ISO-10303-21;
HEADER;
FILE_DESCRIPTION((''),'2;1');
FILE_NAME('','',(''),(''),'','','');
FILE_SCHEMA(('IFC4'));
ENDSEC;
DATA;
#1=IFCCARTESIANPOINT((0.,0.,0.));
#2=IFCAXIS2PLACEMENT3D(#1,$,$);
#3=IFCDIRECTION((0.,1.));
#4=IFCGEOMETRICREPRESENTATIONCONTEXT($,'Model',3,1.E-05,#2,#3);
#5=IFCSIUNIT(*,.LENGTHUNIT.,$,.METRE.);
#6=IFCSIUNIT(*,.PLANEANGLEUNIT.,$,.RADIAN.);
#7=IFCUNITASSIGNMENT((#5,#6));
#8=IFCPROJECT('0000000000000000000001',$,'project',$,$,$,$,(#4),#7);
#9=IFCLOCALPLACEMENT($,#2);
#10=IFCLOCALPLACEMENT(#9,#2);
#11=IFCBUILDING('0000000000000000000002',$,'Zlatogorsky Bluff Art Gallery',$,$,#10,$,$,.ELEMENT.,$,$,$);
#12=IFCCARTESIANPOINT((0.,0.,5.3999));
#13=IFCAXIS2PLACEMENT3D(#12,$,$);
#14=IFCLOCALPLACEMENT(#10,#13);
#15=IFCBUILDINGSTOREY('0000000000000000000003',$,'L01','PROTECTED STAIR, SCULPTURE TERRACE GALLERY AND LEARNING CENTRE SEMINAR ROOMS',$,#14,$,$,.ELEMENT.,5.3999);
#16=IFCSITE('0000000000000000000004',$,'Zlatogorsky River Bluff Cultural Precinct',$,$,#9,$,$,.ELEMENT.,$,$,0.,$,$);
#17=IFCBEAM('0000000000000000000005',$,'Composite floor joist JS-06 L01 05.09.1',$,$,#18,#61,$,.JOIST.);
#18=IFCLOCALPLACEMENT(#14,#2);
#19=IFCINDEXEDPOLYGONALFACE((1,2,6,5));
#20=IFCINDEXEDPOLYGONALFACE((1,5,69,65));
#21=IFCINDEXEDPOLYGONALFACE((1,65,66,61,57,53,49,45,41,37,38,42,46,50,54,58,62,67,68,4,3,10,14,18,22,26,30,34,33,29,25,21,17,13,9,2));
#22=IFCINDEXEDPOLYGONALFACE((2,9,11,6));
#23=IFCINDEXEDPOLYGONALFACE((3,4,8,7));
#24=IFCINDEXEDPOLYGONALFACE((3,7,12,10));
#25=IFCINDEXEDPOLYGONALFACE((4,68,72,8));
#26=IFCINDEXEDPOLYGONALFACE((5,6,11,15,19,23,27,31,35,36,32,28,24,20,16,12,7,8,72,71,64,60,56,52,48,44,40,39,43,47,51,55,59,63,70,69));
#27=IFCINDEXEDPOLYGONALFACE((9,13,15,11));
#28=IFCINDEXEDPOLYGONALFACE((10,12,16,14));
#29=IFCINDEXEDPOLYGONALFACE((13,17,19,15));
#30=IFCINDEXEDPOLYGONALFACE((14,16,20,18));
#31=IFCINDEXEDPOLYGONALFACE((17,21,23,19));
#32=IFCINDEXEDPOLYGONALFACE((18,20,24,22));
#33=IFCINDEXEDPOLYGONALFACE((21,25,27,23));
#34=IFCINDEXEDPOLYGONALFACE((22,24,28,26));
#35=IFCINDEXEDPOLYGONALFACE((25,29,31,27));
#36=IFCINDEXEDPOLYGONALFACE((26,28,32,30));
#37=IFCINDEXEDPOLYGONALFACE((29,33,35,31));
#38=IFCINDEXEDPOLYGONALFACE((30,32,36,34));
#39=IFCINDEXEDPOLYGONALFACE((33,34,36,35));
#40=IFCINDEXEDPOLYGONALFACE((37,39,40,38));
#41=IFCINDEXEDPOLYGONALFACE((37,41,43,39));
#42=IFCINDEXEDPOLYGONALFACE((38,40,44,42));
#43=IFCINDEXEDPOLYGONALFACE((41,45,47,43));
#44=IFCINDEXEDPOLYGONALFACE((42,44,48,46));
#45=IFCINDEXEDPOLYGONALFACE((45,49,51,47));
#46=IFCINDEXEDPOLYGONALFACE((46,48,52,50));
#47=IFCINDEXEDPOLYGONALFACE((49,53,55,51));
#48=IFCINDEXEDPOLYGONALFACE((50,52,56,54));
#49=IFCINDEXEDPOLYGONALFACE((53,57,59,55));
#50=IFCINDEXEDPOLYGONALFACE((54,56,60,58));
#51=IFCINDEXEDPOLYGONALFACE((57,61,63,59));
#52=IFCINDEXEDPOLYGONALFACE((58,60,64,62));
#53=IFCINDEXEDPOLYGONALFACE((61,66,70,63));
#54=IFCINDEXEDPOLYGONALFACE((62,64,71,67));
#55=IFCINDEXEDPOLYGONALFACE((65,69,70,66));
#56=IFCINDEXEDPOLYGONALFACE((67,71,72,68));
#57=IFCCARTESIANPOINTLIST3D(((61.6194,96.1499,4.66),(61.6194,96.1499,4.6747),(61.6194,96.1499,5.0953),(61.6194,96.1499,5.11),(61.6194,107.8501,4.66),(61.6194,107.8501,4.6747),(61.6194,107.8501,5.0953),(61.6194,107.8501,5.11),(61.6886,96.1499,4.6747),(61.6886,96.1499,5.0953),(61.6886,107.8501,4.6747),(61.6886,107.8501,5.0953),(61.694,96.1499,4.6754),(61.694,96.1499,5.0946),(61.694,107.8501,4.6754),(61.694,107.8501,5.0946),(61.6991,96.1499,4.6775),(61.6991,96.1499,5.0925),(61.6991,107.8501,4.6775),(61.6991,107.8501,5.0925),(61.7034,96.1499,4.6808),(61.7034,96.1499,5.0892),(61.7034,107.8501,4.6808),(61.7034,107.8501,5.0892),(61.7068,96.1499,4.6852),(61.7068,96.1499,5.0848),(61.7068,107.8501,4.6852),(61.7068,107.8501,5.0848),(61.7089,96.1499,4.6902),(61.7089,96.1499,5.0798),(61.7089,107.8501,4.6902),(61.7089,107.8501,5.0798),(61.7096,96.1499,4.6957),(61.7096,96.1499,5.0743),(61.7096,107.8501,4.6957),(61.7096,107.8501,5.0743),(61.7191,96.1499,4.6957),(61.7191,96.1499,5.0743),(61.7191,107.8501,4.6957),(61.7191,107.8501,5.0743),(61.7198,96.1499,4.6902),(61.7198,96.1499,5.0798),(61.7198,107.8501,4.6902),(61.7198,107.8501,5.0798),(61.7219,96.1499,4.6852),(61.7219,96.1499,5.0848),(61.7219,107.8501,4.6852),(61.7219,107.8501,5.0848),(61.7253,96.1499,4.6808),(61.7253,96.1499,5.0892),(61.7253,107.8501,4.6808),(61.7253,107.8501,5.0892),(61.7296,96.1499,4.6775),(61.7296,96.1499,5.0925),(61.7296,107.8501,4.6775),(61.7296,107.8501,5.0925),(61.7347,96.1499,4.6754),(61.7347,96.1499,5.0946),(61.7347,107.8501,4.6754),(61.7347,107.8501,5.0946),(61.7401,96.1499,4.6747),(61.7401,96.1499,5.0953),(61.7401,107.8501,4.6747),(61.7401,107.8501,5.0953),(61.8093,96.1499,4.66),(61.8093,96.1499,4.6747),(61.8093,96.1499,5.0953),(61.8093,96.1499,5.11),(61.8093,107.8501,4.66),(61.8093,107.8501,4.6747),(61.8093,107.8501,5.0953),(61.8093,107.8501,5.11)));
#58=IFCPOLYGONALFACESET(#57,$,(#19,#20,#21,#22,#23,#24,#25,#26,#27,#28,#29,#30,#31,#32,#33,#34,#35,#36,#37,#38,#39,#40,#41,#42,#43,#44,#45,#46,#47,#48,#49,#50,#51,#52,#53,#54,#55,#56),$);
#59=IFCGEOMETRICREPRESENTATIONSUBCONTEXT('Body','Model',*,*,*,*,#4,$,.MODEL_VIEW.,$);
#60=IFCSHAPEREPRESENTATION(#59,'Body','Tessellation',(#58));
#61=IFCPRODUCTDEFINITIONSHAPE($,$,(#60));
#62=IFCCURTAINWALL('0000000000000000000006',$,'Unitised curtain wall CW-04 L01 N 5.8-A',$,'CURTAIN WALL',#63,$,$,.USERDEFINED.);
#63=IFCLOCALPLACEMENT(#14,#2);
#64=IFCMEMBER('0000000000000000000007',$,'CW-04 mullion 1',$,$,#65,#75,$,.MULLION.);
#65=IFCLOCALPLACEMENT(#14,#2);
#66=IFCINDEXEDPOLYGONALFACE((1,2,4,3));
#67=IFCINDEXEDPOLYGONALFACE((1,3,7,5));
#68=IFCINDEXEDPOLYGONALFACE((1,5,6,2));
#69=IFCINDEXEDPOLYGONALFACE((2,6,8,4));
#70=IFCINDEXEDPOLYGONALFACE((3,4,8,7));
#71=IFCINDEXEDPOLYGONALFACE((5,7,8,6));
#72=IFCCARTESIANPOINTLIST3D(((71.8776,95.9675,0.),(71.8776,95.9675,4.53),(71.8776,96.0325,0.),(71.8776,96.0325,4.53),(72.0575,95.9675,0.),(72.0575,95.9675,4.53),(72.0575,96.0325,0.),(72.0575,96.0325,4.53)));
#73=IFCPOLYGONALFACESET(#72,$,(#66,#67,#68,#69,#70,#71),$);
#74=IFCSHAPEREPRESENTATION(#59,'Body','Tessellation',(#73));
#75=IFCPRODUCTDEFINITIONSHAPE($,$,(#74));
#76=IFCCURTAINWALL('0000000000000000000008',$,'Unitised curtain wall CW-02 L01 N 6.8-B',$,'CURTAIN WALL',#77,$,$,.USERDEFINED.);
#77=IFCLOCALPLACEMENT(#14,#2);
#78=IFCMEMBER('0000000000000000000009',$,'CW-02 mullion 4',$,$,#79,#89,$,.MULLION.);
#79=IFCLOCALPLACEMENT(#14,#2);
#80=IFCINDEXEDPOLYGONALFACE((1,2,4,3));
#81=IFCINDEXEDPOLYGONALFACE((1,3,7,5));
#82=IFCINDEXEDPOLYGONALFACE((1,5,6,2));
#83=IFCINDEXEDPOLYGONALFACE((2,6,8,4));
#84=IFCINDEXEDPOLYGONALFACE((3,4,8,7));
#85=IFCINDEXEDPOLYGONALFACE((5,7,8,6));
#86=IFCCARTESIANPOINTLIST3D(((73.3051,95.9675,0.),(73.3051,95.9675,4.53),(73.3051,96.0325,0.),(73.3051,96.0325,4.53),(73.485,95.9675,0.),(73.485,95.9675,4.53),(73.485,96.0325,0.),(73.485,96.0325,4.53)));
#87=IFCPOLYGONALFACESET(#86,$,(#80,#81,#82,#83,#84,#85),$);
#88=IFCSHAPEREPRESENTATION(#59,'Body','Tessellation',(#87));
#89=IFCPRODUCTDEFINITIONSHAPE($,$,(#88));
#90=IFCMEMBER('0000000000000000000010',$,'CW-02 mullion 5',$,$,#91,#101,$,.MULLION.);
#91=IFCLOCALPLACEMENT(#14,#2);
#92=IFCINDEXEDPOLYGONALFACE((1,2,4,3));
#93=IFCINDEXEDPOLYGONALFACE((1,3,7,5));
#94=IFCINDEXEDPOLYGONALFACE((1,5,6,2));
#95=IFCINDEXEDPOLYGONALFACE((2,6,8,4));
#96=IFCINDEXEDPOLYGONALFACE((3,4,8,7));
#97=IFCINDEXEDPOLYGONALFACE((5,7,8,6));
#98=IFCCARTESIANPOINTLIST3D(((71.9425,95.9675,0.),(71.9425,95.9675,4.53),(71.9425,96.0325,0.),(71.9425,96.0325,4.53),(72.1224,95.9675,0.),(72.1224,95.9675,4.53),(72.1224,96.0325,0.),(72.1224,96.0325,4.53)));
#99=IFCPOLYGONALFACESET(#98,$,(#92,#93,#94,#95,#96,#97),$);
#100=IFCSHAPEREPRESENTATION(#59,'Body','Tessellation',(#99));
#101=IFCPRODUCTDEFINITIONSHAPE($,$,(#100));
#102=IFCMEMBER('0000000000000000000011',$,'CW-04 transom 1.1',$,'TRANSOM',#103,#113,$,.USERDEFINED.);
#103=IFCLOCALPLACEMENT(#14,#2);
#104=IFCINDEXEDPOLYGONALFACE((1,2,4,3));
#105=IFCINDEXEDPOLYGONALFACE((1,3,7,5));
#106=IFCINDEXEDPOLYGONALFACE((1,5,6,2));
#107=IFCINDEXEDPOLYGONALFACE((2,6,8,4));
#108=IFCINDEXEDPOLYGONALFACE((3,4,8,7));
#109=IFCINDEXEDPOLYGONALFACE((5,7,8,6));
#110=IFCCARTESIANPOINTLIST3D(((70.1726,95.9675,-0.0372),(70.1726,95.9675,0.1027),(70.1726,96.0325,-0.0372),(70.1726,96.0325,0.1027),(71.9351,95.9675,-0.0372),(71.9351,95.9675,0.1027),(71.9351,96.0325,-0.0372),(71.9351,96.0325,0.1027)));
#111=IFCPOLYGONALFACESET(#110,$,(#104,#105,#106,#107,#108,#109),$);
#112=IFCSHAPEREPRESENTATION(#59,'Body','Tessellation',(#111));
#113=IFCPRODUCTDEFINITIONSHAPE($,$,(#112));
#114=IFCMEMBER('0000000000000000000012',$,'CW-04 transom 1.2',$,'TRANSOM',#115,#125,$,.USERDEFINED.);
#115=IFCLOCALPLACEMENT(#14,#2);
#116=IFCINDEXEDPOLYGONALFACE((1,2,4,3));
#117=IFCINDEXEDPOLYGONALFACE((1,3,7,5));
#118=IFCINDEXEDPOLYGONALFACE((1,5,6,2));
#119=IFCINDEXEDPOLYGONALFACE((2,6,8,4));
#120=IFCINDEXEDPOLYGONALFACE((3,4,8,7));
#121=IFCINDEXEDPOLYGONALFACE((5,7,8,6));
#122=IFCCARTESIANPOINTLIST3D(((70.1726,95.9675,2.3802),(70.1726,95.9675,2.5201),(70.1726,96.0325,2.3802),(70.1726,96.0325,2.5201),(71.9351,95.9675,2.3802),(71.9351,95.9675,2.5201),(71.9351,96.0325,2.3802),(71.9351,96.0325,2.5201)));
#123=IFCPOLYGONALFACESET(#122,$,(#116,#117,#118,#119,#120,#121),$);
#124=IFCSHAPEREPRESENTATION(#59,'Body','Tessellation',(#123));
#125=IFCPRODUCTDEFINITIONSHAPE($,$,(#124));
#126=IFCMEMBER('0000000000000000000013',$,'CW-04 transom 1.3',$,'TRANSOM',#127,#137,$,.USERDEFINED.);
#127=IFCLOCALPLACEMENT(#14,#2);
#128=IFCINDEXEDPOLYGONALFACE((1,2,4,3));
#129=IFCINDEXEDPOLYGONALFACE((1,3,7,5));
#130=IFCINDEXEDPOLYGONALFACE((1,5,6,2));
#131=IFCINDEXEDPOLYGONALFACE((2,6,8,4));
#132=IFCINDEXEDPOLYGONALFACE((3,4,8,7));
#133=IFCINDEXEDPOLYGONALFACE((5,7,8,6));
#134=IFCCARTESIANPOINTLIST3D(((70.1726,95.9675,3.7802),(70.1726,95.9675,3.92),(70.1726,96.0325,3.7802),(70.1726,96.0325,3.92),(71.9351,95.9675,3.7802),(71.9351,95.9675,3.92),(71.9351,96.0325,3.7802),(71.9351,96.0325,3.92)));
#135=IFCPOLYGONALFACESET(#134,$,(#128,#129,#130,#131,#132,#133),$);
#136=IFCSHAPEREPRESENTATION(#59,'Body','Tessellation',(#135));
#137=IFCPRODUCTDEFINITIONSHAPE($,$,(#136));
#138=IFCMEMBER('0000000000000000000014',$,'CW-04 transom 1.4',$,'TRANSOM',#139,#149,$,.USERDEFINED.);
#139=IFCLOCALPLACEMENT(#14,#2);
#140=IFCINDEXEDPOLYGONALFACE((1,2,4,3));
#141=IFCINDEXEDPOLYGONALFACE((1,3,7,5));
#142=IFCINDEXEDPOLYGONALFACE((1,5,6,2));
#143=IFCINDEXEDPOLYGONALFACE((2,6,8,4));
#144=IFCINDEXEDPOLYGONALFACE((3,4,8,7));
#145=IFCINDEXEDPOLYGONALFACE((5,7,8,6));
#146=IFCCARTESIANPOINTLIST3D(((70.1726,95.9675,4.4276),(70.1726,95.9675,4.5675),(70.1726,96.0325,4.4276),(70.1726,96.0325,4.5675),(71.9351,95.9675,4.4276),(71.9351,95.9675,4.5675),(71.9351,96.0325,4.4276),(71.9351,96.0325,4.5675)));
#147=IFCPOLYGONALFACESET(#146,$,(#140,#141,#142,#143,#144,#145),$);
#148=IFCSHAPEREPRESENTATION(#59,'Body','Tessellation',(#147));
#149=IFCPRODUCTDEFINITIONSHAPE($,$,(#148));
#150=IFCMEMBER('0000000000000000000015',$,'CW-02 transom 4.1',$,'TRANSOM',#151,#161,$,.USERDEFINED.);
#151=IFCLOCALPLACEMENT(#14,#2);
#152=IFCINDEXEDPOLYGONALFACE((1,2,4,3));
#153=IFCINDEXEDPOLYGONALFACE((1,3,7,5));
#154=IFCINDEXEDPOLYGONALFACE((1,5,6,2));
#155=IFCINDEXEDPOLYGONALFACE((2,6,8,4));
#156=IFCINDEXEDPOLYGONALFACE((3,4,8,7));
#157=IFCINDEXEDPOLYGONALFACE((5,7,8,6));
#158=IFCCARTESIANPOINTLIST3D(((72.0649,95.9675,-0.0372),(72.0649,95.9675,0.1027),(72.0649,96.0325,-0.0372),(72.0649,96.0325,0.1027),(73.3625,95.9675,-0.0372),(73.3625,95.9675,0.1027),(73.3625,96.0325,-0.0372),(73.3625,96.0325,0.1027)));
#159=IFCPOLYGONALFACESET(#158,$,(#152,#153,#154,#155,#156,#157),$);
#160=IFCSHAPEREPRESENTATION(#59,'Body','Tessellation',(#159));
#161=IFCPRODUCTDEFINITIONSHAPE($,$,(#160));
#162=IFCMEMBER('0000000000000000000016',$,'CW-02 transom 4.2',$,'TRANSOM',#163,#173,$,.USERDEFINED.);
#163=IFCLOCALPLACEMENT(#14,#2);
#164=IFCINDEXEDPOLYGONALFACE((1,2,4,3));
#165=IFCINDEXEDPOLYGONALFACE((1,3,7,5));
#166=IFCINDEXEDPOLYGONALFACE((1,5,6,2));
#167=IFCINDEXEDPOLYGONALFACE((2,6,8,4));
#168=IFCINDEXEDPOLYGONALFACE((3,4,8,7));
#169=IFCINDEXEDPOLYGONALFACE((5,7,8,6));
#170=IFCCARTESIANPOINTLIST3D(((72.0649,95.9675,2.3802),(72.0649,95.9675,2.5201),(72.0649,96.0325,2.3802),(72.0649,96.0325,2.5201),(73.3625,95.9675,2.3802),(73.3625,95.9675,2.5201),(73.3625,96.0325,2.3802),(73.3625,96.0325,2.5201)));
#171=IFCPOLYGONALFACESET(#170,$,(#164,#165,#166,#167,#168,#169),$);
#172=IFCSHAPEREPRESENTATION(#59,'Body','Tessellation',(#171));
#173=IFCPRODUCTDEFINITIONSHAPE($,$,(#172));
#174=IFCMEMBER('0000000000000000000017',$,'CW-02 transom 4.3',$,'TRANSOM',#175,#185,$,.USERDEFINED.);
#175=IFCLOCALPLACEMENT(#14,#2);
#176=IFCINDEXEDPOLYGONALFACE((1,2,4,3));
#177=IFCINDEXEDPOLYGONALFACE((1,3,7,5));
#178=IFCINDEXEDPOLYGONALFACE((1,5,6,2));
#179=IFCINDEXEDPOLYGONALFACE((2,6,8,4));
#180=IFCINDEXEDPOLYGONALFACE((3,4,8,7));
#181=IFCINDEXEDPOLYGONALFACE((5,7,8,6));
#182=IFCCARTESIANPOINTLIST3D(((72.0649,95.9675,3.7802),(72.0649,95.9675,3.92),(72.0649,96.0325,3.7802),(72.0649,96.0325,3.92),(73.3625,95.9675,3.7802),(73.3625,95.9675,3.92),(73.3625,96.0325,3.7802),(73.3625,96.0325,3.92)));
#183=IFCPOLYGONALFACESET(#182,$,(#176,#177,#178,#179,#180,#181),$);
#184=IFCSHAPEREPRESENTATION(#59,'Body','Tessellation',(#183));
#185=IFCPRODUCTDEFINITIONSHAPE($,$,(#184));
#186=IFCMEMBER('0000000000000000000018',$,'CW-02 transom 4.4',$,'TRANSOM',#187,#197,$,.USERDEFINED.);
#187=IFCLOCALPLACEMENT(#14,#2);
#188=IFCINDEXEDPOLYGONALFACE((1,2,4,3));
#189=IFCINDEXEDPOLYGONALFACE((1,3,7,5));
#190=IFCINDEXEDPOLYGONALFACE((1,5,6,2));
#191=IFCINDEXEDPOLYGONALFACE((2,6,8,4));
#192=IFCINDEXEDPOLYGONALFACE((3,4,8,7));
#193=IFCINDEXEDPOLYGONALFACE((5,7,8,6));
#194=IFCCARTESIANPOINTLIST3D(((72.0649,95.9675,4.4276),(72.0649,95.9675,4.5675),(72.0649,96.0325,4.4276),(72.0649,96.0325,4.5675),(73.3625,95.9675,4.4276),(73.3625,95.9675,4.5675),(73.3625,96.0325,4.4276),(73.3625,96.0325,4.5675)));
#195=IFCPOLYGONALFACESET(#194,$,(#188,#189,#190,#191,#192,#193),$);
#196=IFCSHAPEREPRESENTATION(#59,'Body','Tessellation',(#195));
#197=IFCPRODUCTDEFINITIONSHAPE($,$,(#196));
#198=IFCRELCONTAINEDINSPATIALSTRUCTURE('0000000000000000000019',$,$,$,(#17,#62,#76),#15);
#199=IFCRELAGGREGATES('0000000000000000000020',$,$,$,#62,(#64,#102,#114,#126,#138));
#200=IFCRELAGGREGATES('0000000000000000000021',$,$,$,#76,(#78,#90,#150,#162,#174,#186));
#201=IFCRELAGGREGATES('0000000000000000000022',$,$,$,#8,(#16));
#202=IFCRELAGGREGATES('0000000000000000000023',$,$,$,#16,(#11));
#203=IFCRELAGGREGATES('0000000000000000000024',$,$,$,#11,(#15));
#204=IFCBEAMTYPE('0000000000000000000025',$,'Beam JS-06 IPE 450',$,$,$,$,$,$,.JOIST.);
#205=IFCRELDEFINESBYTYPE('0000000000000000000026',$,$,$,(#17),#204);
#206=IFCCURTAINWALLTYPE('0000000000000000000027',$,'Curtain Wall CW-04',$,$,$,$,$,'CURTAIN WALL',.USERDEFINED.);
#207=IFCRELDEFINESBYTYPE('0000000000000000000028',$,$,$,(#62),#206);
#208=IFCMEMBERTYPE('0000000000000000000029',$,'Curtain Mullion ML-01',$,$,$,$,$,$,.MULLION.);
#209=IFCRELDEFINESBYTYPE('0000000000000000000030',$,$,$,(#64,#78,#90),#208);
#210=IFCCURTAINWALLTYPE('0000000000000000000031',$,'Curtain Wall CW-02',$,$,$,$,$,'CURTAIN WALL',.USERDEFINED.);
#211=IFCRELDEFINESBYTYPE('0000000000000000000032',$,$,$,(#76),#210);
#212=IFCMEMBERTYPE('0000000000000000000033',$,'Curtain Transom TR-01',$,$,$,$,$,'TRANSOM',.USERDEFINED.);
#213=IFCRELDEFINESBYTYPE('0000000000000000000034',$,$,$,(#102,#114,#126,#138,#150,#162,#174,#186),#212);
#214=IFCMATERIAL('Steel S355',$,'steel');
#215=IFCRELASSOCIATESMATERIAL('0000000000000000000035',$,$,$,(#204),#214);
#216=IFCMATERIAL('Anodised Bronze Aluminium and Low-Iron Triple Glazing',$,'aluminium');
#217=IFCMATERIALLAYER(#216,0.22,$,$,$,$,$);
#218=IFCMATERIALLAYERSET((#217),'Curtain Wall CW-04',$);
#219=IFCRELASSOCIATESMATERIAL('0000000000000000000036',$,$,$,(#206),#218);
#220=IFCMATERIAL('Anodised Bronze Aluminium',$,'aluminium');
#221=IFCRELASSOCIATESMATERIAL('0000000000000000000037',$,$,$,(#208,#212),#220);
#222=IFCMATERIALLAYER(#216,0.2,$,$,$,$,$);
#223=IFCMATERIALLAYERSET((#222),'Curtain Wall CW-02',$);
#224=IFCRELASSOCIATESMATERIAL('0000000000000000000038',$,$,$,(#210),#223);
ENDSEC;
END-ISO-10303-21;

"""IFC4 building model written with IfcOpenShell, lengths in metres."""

from ifc_helpers import new_model, si_unit, direction, frame, origin, origin_2d, place, context, subcontext, project, spatial, rectangle, i_section, extrude, material, layer, layer_set, material_profile, profile_set, type_object, element, aggregate, save


model = new_model("IFC4")

# Units and contexts
model_context = context("Model", 3, precision=1e-05, world=origin(), true_north=direction((0.0, 1.0)))
body_context = subcontext(model_context, "Body", "Model", "MODEL_VIEW")
ifc_project = project(units=[si_unit("LENGTHUNIT", "METRE"), si_unit("PLANEANGLEUNIT", "RADIAN")], contexts=[model_context])

# Site, building, storey
site_placement = place(None, origin())
site = spatial("IfcSite", under=ifc_project, at=site_placement, Name="Zlatogorsky River Bluff Cultural Precinct", CompositionType="ELEMENT", RefElevation=0.0)
building_placement = place(site_placement, origin())
building = spatial("IfcBuilding", under=site, at=building_placement, Name="Zlatogorsky Bluff Art Gallery", CompositionType="ELEMENT")
storey_placement = place(building_placement, frame((0.0, 0.0, 5.3999)))
storey = spatial("IfcBuildingStorey", under=building, at=storey_placement, Name="L01", Description="PROTECTED STAIR, SCULPTURE TERRACE GALLERY AND LEARNING CENTRE SEMINAR ROOMS", CompositionType="ELEMENT", Elevation=5.3999)

# Shared definitions
ifc_material_1 = material(Name="Steel S355", Category="steel")

# Beam
ifc_material_profile_1 = material_profile(ifc_material_1, i_section(OverallWidth=0.1899, OverallDepth=0.45, WebThickness=0.0095, FlangeThickness=0.0146, FilletRadius=0.021, at=origin_2d()), Name="IPE 450")
ifc_profile_set_1 = profile_set([ifc_material_profile_1], Name="Steel S355")
beam_type_1 = type_object("IfcBeamType", Name="Beam JS-06 IPE 450", PredefinedType="JOIST", material=ifc_profile_set_1)
for number, where, z_axis, x_axis, name in (
    (1, (61.7144, 96.1499, 4.885), (0.0, 1.0, 0.0), (-1.0, 0.0, 0.0), "Composite floor joist JS-06 L01 05.09.1"),
):
    element("IfcBeam", number, at=place(storey_placement, frame(where, z_axis=z_axis, x_axis=x_axis)), inside=storey, type_object=beam_type_1, Name=name, PredefinedType="JOIST", context=body_context, shape_type="SweptSolid", body=[
        extrude(i_section(OverallWidth=0.1899, OverallDepth=0.45, WebThickness=0.0095, FlangeThickness=0.0146, FilletRadius=0.021, at=origin_2d()), origin(), (0.0, 0.0, 1.0), 11.7002),
    ])

# Curtain wall, member
ifc_material_2 = material(Name="Anodised Bronze Aluminium and Low-Iron Triple Glazing", Category="aluminium")
ifc_layer_1 = layer(ifc_material_2, 0.22)
ifc_layer_set_1 = layer_set([ifc_layer_1], Name="Curtain Wall CW-04")
curtain_wall_type_1 = type_object("IfcCurtainWallType", Name="Curtain Wall CW-04", ElementType="CURTAIN WALL", PredefinedType="USERDEFINED", material=ifc_layer_set_1)
curtain_wall_1_placement = place(storey_placement, origin())
curtain_wall_1 = element("IfcCurtainWall", 2, at=curtain_wall_1_placement, inside=storey, type_object=curtain_wall_type_1, Name="Unitised curtain wall CW-04 L01 N 5.8-A", ObjectType="CURTAIN WALL", PredefinedType="USERDEFINED")
ifc_material_3 = material(Name="Anodised Bronze Aluminium", Category="aluminium")
ifc_material_profile_2 = material_profile(ifc_material_3, rectangle(XDim=0.0649, YDim=0.1799, at=origin_2d()), Name="ALU MULLION 65x180")
ifc_profile_set_2 = profile_set([ifc_material_profile_2], Name="Anodised Bronze Aluminium")
member_type_1 = type_object("IfcMemberType", Name="Curtain Mullion ML-01", PredefinedType="MULLION", material=ifc_profile_set_2)
member_1_placement = place(storey_placement, frame((71.9675, 96.0, 0.0), z_axis=(0.0, 0.0, 1.0), x_axis=(0.0, -1.0, 0.0)))
member_1 = element("IfcMember", 3, at=member_1_placement, type_object=member_type_1, Name="CW-04 mullion 1", PredefinedType="MULLION", context=body_context, shape_type="SweptSolid", body=[
    extrude(rectangle(XDim=0.0649, YDim=0.1799, at=origin_2d()), origin(), (0.0, 0.0, 1.0), 4.53),
])

# Curtain wall, members
ifc_layer_2 = layer(ifc_material_2, 0.2)
ifc_layer_set_2 = layer_set([ifc_layer_2], Name="Curtain Wall CW-02")
curtain_wall_type_2 = type_object("IfcCurtainWallType", Name="Curtain Wall CW-02", ElementType="CURTAIN WALL", PredefinedType="USERDEFINED", material=ifc_layer_set_2)
curtain_wall_2_placement = place(storey_placement, origin())
curtain_wall_2 = element("IfcCurtainWall", 4, at=curtain_wall_2_placement, inside=storey, type_object=curtain_wall_type_2, Name="Unitised curtain wall CW-02 L01 N 6.8-B", ObjectType="CURTAIN WALL", PredefinedType="USERDEFINED")
member_2_placement = place(storey_placement, frame((73.395, 96.0, 0.0), z_axis=(0.0, 0.0, 1.0), x_axis=(0.0, -1.0, 0.0)))
member_2 = element("IfcMember", 5, at=member_2_placement, type_object=member_type_1, Name="CW-02 mullion 4", PredefinedType="MULLION", context=body_context, shape_type="SweptSolid", body=[
    extrude(rectangle(XDim=0.0649, YDim=0.1799, at=origin_2d()), origin(), (0.0, 0.0, 1.0), 4.53),
])
member_3_placement = place(storey_placement, frame((72.0325, 96.0, 0.0), z_axis=(0.0, 0.0, 1.0), x_axis=(0.0, -1.0, 0.0)))
member_3 = element("IfcMember", 6, at=member_3_placement, type_object=member_type_1, Name="CW-02 mullion 5", PredefinedType="MULLION", context=body_context, shape_type="SweptSolid", body=[
    extrude(rectangle(XDim=0.0649, YDim=0.1799, at=origin_2d()), origin(), (0.0, 0.0, 1.0), 4.53),
])

# Members
ifc_material_profile_3 = material_profile(ifc_material_3, rectangle(XDim=0.0649, YDim=0.1399, at=origin_2d()), Name="ALU TRANSOM 65x140")
ifc_profile_set_3 = profile_set([ifc_material_profile_3], Name="Anodised Bronze Aluminium")
member_type_2 = type_object("IfcMemberType", Name="Curtain Transom TR-01", ElementType="TRANSOM", PredefinedType="USERDEFINED", material=ifc_profile_set_3)
member_4_placement = place(storey_placement, frame((71.9351, 96.0, 0.0327), z_axis=(-1.0, 0.0, 0.0), x_axis=(0.0, -1.0, 0.0)))
member_4 = element("IfcMember", 7, at=member_4_placement, type_object=member_type_2, Name="CW-04 transom 1.1", ObjectType="TRANSOM", PredefinedType="USERDEFINED", context=body_context, shape_type="SweptSolid", body=[
    extrude(rectangle(XDim=0.0649, YDim=0.1399, at=origin_2d()), origin(), (0.0, 0.0, 1.0), 1.7625),
])
member_5_placement = place(storey_placement, frame((71.9351, 96.0, 2.4502), z_axis=(-1.0, 0.0, 0.0), x_axis=(0.0, -1.0, 0.0)))
member_5 = element("IfcMember", 8, at=member_5_placement, type_object=member_type_2, Name="CW-04 transom 1.2", ObjectType="TRANSOM", PredefinedType="USERDEFINED", context=body_context, shape_type="SweptSolid", body=[
    extrude(rectangle(XDim=0.0649, YDim=0.1399, at=origin_2d()), origin(), (0.0, 0.0, 1.0), 1.7625),
])
member_6_placement = place(storey_placement, frame((71.9351, 96.0, 3.8501), z_axis=(-1.0, 0.0, 0.0), x_axis=(0.0, -1.0, 0.0)))
member_6 = element("IfcMember", 9, at=member_6_placement, type_object=member_type_2, Name="CW-04 transom 1.3", ObjectType="TRANSOM", PredefinedType="USERDEFINED", context=body_context, shape_type="SweptSolid", body=[
    extrude(rectangle(XDim=0.0649, YDim=0.1399, at=origin_2d()), origin(), (0.0, 0.0, 1.0), 1.7625),
])
member_7_placement = place(storey_placement, frame((71.9351, 96.0, 4.4976), z_axis=(-1.0, 0.0, 0.0), x_axis=(0.0, -1.0, 0.0)))
member_7 = element("IfcMember", 10, at=member_7_placement, type_object=member_type_2, Name="CW-04 transom 1.4", ObjectType="TRANSOM", PredefinedType="USERDEFINED", context=body_context, shape_type="SweptSolid", body=[
    extrude(rectangle(XDim=0.0649, YDim=0.1399, at=origin_2d()), origin(), (0.0, 0.0, 1.0), 1.7625),
])
member_8_placement = place(storey_placement, frame((73.3625, 96.0, 0.0327), z_axis=(-1.0, 0.0, 0.0), x_axis=(0.0, -1.0, 0.0)))
member_8 = element("IfcMember", 11, at=member_8_placement, type_object=member_type_2, Name="CW-02 transom 4.1", ObjectType="TRANSOM", PredefinedType="USERDEFINED", context=body_context, shape_type="SweptSolid", body=[
    extrude(rectangle(XDim=0.0649, YDim=0.1399, at=origin_2d()), origin(), (0.0, 0.0, 1.0), 1.2976),
])
member_9_placement = place(storey_placement, frame((73.3625, 96.0, 2.4502), z_axis=(-1.0, 0.0, 0.0), x_axis=(0.0, -1.0, 0.0)))
member_9 = element("IfcMember", 12, at=member_9_placement, type_object=member_type_2, Name="CW-02 transom 4.2", ObjectType="TRANSOM", PredefinedType="USERDEFINED", context=body_context, shape_type="SweptSolid", body=[
    extrude(rectangle(XDim=0.0649, YDim=0.1399, at=origin_2d()), origin(), (0.0, 0.0, 1.0), 1.2976),
])
member_10_placement = place(storey_placement, frame((73.3625, 96.0, 3.8501), z_axis=(-1.0, 0.0, 0.0), x_axis=(0.0, -1.0, 0.0)))
member_10 = element("IfcMember", 13, at=member_10_placement, type_object=member_type_2, Name="CW-02 transom 4.3", ObjectType="TRANSOM", PredefinedType="USERDEFINED", context=body_context, shape_type="SweptSolid", body=[
    extrude(rectangle(XDim=0.0649, YDim=0.1399, at=origin_2d()), origin(), (0.0, 0.0, 1.0), 1.2976),
])
member_11_placement = place(storey_placement, frame((73.3625, 96.0, 4.4976), z_axis=(-1.0, 0.0, 0.0), x_axis=(0.0, -1.0, 0.0)))
member_11 = element("IfcMember", 14, at=member_11_placement, type_object=member_type_2, Name="CW-02 transom 4.4", ObjectType="TRANSOM", PredefinedType="USERDEFINED", context=body_context, shape_type="SweptSolid", body=[
    extrude(rectangle(XDim=0.0649, YDim=0.1399, at=origin_2d()), origin(), (0.0, 0.0, 1.0), 1.2976),
])

aggregate(curtain_wall_1, [member_1, member_4, member_5, member_6, member_7])
aggregate(curtain_wall_2, [member_2, member_3, member_8, member_9, member_10, member_11])

save(model, "model.ifc")
